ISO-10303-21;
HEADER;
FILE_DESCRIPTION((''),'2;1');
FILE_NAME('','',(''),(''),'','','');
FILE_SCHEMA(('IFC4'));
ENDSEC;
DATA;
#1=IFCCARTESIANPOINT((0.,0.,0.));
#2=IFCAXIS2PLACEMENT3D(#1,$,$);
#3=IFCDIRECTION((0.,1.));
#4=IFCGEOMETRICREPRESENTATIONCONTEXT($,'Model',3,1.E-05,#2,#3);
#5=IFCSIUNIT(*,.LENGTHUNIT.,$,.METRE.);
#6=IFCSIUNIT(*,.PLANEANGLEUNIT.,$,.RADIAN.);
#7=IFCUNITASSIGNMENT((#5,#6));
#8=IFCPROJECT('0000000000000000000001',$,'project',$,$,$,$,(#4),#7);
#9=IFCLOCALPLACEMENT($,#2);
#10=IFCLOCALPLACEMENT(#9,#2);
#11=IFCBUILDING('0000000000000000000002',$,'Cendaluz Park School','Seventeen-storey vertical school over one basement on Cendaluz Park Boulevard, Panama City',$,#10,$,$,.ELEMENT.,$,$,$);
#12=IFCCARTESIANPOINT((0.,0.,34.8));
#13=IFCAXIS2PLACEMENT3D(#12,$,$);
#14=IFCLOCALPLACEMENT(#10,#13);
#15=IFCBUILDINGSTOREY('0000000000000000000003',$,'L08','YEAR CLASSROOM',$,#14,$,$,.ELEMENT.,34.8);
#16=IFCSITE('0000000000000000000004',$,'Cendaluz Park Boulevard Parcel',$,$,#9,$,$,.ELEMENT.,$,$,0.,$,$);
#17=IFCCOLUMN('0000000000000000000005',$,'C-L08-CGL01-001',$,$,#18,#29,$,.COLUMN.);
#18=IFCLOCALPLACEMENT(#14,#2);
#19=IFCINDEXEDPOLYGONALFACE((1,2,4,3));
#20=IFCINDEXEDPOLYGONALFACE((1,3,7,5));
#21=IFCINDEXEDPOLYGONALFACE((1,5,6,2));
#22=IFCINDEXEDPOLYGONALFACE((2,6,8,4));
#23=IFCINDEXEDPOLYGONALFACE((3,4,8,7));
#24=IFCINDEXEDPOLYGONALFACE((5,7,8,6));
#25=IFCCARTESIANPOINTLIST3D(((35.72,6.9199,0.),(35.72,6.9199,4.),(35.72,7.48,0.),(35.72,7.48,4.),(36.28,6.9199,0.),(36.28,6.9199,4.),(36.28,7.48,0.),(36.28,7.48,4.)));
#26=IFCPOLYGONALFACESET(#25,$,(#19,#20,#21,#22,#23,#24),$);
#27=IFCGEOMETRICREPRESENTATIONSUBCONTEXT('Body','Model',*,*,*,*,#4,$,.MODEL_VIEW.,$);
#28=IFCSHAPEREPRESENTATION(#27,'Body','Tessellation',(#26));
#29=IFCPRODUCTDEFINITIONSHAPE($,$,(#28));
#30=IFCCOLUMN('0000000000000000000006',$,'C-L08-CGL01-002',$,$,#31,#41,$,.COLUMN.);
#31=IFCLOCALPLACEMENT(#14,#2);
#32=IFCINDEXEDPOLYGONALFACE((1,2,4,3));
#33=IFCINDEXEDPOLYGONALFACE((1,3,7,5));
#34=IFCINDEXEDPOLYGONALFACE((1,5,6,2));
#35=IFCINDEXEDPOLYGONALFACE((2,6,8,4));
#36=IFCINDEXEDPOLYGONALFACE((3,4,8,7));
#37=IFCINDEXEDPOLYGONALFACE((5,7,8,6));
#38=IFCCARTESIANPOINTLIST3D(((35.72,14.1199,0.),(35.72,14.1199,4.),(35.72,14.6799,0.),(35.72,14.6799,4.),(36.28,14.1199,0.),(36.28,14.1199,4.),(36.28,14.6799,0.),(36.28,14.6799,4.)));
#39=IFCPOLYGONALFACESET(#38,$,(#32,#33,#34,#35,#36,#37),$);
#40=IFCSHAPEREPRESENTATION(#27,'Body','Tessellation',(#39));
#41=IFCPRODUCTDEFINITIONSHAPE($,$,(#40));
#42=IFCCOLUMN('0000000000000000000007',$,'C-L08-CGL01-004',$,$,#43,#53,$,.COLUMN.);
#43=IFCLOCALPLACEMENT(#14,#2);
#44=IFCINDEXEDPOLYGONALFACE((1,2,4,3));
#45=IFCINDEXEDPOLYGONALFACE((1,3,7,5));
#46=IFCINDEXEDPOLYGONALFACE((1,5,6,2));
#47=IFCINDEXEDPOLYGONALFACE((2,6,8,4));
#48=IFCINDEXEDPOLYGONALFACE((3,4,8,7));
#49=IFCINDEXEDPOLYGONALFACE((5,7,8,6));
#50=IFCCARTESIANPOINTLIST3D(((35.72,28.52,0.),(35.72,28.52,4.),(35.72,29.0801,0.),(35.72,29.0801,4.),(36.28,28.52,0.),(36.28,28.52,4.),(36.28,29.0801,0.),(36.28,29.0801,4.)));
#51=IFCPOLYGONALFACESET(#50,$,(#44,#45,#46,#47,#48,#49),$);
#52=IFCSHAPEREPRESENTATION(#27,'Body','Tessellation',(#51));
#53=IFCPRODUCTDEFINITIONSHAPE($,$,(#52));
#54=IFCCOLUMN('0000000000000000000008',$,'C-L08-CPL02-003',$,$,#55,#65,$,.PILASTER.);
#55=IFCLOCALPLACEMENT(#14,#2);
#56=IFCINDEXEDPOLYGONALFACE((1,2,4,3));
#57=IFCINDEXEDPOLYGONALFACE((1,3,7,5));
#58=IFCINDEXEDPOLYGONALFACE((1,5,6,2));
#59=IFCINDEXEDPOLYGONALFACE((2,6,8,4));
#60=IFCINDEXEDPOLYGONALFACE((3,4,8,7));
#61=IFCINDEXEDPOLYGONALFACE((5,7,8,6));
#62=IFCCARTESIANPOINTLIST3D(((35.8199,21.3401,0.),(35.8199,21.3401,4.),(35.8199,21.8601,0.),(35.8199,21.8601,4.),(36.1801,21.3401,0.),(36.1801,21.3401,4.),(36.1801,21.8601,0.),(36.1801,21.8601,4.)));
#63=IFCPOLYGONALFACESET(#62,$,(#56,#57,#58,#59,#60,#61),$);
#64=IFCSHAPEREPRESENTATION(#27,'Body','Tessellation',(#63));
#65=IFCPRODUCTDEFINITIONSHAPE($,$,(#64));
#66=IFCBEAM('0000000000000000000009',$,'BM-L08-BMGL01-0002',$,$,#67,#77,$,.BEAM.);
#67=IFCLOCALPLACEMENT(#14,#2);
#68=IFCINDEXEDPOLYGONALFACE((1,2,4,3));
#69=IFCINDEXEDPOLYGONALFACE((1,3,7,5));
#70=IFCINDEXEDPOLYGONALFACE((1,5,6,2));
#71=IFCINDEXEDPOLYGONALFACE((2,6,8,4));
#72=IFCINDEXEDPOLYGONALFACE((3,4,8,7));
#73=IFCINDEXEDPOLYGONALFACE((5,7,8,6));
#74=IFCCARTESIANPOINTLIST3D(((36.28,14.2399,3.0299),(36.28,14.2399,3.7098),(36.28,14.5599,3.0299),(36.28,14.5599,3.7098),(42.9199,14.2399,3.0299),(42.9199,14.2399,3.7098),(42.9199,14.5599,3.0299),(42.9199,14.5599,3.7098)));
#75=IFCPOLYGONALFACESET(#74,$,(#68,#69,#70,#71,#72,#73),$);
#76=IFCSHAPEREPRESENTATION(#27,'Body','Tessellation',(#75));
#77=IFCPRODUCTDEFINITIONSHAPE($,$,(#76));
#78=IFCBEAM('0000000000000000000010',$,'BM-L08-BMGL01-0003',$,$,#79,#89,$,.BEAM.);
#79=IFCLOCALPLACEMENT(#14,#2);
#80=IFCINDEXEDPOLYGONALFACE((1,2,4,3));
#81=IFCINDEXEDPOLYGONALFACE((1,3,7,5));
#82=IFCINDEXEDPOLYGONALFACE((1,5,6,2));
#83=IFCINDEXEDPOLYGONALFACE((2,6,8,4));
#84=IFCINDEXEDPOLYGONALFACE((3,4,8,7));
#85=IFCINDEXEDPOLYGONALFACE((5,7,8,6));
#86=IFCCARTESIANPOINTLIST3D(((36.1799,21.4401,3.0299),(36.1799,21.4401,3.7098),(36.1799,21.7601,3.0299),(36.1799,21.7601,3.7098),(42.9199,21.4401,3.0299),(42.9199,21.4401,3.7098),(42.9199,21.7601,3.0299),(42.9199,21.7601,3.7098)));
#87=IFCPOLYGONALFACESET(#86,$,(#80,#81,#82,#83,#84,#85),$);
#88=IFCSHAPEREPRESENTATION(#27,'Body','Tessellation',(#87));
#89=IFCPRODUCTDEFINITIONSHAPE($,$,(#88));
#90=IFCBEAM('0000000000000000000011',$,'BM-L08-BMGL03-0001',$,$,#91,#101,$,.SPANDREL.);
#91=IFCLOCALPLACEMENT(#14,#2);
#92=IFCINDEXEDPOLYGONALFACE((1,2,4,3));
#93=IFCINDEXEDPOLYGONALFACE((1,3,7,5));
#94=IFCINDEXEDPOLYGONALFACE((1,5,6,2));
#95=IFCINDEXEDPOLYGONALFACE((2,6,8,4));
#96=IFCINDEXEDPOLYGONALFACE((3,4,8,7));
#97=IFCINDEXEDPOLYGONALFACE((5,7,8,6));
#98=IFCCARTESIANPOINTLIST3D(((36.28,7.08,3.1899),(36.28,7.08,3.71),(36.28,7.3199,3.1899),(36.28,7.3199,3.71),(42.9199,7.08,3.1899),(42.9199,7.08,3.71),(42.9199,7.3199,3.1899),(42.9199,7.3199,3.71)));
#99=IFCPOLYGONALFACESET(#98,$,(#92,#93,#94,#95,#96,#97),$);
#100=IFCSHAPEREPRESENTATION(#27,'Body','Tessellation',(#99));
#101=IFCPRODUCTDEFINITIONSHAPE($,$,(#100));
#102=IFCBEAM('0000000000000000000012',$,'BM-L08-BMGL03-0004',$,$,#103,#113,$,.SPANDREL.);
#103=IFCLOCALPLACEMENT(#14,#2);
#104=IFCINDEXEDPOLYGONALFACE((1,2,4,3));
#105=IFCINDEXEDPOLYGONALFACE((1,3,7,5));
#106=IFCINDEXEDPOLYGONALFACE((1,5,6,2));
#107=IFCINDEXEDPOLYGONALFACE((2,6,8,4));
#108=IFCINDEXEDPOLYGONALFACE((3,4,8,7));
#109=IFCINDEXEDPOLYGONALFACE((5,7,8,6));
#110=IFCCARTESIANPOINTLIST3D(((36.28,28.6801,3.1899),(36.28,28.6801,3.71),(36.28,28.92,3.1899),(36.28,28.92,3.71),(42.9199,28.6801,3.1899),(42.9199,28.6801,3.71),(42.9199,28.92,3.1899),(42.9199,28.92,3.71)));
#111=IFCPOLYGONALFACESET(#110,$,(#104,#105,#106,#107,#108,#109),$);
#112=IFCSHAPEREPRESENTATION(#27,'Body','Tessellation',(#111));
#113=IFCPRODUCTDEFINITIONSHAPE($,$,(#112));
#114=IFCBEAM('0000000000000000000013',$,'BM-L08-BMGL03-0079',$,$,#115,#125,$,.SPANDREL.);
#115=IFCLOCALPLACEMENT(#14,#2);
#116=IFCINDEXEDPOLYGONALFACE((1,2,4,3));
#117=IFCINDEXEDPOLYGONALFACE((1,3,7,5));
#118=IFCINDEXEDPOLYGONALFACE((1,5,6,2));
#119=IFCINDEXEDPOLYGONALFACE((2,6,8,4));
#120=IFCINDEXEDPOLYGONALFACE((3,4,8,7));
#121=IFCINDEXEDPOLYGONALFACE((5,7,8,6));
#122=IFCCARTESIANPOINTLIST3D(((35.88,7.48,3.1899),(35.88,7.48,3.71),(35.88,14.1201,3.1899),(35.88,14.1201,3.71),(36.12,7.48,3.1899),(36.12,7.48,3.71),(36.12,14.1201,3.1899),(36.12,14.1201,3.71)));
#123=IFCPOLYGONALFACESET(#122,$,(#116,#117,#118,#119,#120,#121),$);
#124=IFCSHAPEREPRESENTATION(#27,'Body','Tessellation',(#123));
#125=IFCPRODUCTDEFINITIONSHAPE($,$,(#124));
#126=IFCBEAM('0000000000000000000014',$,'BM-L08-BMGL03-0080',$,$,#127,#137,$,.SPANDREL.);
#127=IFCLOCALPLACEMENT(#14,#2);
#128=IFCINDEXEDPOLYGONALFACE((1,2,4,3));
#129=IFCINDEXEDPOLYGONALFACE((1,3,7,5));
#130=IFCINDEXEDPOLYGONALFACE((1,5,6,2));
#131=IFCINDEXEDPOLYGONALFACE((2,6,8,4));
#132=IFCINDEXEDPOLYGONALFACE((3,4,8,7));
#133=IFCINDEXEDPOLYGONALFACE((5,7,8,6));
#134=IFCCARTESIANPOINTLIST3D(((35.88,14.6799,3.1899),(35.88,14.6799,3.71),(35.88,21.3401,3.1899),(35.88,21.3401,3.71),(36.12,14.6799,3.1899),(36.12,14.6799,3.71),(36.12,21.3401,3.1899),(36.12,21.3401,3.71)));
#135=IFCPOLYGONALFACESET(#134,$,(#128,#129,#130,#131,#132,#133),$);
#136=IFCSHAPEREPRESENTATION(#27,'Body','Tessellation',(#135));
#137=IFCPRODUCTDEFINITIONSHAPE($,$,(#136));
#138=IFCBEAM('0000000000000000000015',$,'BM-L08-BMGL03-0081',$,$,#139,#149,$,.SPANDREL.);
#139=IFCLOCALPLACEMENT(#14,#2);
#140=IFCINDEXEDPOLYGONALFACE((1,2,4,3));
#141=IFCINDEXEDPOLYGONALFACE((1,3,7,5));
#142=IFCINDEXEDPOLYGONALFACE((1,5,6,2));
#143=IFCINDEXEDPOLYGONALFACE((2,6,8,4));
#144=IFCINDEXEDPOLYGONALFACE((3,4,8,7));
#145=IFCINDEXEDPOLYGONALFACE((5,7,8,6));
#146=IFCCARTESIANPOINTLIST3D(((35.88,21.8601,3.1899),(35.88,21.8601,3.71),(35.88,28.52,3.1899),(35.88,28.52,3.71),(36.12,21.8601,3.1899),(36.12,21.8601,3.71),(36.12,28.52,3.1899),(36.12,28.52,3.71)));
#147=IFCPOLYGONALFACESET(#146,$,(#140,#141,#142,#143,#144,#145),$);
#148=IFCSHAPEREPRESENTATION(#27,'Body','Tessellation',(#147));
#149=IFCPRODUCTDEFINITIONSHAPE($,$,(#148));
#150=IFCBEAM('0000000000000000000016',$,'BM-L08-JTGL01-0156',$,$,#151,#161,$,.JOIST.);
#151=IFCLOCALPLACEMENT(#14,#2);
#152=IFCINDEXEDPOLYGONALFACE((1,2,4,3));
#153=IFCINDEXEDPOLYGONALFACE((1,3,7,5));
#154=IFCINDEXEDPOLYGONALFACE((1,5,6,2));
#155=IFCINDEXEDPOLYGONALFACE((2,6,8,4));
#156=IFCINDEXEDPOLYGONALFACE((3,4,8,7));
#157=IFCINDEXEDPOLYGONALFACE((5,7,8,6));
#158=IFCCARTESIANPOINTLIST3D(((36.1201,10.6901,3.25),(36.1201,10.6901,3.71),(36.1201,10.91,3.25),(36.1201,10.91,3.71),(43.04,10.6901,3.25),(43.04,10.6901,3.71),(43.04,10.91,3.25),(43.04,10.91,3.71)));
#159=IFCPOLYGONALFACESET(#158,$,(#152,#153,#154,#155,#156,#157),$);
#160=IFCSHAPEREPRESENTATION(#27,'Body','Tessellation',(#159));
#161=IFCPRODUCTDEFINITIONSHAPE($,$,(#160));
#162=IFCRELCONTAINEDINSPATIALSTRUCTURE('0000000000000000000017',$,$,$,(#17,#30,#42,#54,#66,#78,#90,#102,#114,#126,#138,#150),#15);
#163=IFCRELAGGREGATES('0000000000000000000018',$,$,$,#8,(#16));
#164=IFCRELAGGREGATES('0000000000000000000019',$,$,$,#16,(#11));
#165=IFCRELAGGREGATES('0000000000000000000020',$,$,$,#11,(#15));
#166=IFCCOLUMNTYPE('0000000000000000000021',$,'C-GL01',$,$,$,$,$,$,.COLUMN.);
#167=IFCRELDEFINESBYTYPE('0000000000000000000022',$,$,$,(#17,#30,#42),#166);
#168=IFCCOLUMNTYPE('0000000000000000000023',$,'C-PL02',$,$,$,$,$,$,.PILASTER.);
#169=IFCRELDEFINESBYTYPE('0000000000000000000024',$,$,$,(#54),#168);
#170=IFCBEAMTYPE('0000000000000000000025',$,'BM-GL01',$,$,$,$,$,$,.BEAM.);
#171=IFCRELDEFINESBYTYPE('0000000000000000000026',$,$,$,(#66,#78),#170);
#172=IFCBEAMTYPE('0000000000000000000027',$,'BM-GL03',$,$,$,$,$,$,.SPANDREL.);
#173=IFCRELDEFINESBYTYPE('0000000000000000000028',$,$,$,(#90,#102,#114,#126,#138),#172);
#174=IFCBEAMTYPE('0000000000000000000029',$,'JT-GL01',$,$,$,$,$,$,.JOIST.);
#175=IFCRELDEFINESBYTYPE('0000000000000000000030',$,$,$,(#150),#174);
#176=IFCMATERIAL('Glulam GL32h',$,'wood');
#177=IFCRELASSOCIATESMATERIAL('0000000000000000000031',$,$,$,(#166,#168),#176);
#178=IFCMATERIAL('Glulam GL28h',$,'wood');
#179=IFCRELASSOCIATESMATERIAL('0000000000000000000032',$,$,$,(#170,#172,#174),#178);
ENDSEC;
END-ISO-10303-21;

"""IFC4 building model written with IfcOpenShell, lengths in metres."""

from ifc_helpers import new_model, si_unit, direction, frame, origin, origin_2d, place, context, subcontext, project, spatial, rectangle, extrude, material, material_profile, profile_set, type_object, element, save


model = new_model("IFC4")

# Units and contexts
model_context = context("Model", 3, precision=1e-05, world=origin(), true_north=direction((0.0, 1.0)))
body_context = subcontext(model_context, "Body", "Model", "MODEL_VIEW")
ifc_project = project(units=[si_unit("LENGTHUNIT", "METRE"), si_unit("PLANEANGLEUNIT", "RADIAN")], contexts=[model_context])

# Site, building, storey
site_placement = place(None, origin())
site = spatial("IfcSite", under=ifc_project, at=site_placement, Name="Cendaluz Park Boulevard Parcel", CompositionType="ELEMENT", RefElevation=0.0)
building_placement = place(site_placement, origin())
building = spatial("IfcBuilding", under=site, at=building_placement, Name="Cendaluz Park School", Description="Seventeen-storey vertical school over one basement on Cendaluz Park Boulevard, Panama City", CompositionType="ELEMENT")
storey_placement = place(building_placement, frame((0.0, 0.0, 34.8)))
storey = spatial("IfcBuildingStorey", under=building, at=storey_placement, Name="L08", Description="YEAR CLASSROOM", CompositionType="ELEMENT", Elevation=34.8)

# Columns
ifc_material_1 = material(Name="Glulam GL32h", Category="wood")
ifc_material_profile_1 = material_profile(ifc_material_1, rectangle(XDim=0.5601, YDim=0.5601, at=origin_2d()), Name="GL32h 560x560", Category="wood")
ifc_profile_set_1 = profile_set([ifc_material_profile_1], Name="Glulam GL32h")
column_type_1 = type_object("IfcColumnType", Name="C-GL01", PredefinedType="COLUMN", material=ifc_profile_set_1)
for number, where, z_axis, x_axis, name in (
    (1, (36.0, 7.2, 0.0), (0.0, 0.0, 1.0), (1.0, 0.0, 0.0), "C-L08-CGL01-001"),
    (2, (36.0, 14.3999, 0.0), (0.0, 0.0, 1.0), (1.0, 0.0, 0.0), "C-L08-CGL01-002"),
    (3, (36.0, 28.8, 0.0), (0.0, 0.0, 1.0), (1.0, 0.0, 0.0), "C-L08-CGL01-004"),
):
    element("IfcColumn", number, at=place(storey_placement, frame(where, z_axis=z_axis, x_axis=x_axis)), inside=storey, type_object=column_type_1, Name=name, PredefinedType="COLUMN", context=body_context, shape_type="SweptSolid", body=[
        extrude(rectangle(XDim=0.5601, YDim=0.5601, at=origin_2d()), origin(), (0.0, 0.0, 1.0), 4.0),
    ])
ifc_material_profile_2 = material_profile(ifc_material_1, rectangle(XDim=0.3601, YDim=0.52, at=origin_2d()), Name="GL32h 360x520", Category="wood")
ifc_profile_set_2 = profile_set([ifc_material_profile_2], Name="Glulam GL32h")
column_type_2 = type_object("IfcColumnType", Name="C-PL02", PredefinedType="PILASTER", material=ifc_profile_set_2)
column_placement = place(storey_placement, frame((36.0, 21.6001, 0.0), z_axis=(0.0, 0.0, 1.0), x_axis=(1.0, 0.0, 0.0)))
element("IfcColumn", 4, at=column_placement, inside=storey, type_object=column_type_2, Name="C-L08-CPL02-003", PredefinedType="PILASTER", context=body_context, shape_type="SweptSolid", body=[
    extrude(rectangle(XDim=0.3601, YDim=0.52, at=origin_2d()), origin(), (0.0, 0.0, 1.0), 4.0),
])

# Beams
ifc_material_2 = material(Name="Glulam GL28h", Category="wood")
ifc_material_profile_3 = material_profile(ifc_material_2, rectangle(XDim=0.3201, YDim=0.6799, at=origin_2d()), Name="GL28h 320x680", Category="wood")
ifc_profile_set_3 = profile_set([ifc_material_profile_3], Name="Glulam GL28h")
beam_type_1 = type_object("IfcBeamType", Name="BM-GL01", PredefinedType="BEAM", material=ifc_profile_set_3)
beam_1_placement = place(storey_placement, frame((36.28, 14.3999, 3.3699), z_axis=(1.0, 0.0, 0.0), x_axis=(0.0, 1.0, 0.0)))
element("IfcBeam", 5, at=beam_1_placement, inside=storey, type_object=beam_type_1, Name="BM-L08-BMGL01-0002", PredefinedType="BEAM", context=body_context, shape_type="SweptSolid", body=[
    extrude(rectangle(XDim=0.3201, YDim=0.6799, at=origin_2d()), origin(), (0.0, 0.0, 1.0), 6.6399),
])
beam_2_placement = place(storey_placement, frame((36.1799, 21.6001, 3.3699), z_axis=(1.0, 0.0, 0.0), x_axis=(0.0, 1.0, 0.0)))
element("IfcBeam", 6, at=beam_2_placement, inside=storey, type_object=beam_type_1, Name="BM-L08-BMGL01-0003", PredefinedType="BEAM", context=body_context, shape_type="SweptSolid", body=[
    extrude(rectangle(XDim=0.3201, YDim=0.6799, at=origin_2d()), origin(), (0.0, 0.0, 1.0), 6.74),
])
ifc_material_profile_4 = material_profile(ifc_material_2, rectangle(XDim=0.24, YDim=0.52, at=origin_2d()), Name="GL28h 240x520", Category="wood")
ifc_profile_set_4 = profile_set([ifc_material_profile_4], Name="Glulam GL28h")
beam_type_2 = type_object("IfcBeamType", Name="BM-GL03", PredefinedType="SPANDREL", material=ifc_profile_set_4)
for number, where, z_axis, x_axis, name in (
    (7, (36.28, 7.2, 3.45), (1.0, 0.0, 0.0), (0.0, 1.0, 0.0), "BM-L08-BMGL03-0001"),
    (8, (36.28, 28.8, 3.45), (1.0, 0.0, 0.0), (0.0, 1.0, 0.0), "BM-L08-BMGL03-0004"),
):
    element("IfcBeam", number, at=place(storey_placement, frame(where, z_axis=z_axis, x_axis=x_axis)), inside=storey, type_object=beam_type_2, Name=name, PredefinedType="SPANDREL", context=body_context, shape_type="SweptSolid", body=[
        extrude(rectangle(XDim=0.24, YDim=0.52, at=origin_2d()), origin(), (0.0, 0.0, 1.0), 6.6399),
    ])
beam_3_placement = place(storey_placement, frame((36.0, 7.48, 3.45), z_axis=(0.0, 1.0, 0.0), x_axis=(-1.0, 0.0, 0.0)))
element("IfcBeam", 9, at=beam_3_placement, inside=storey, type_object=beam_type_2, Name="BM-L08-BMGL03-0079", PredefinedType="SPANDREL", context=body_context, shape_type="SweptSolid", body=[
    extrude(rectangle(XDim=0.24, YDim=0.52, at=origin_2d()), origin(), (0.0, 0.0, 1.0), 6.6401),
])
beam_4_placement = place(storey_placement, frame((36.0, 14.6799, 3.45), z_axis=(0.0, 1.0, 0.0), x_axis=(-1.0, 0.0, 0.0)))
element("IfcBeam", 10, at=beam_4_placement, inside=storey, type_object=beam_type_2, Name="BM-L08-BMGL03-0080", PredefinedType="SPANDREL", context=body_context, shape_type="SweptSolid", body=[
    extrude(rectangle(XDim=0.24, YDim=0.52, at=origin_2d()), origin(), (0.0, 0.0, 1.0), 6.6602),
])
beam_5_placement = place(storey_placement, frame((36.0, 21.8601, 3.45), z_axis=(0.0, 1.0, 0.0), x_axis=(-1.0, 0.0, 0.0)))
element("IfcBeam", 11, at=beam_5_placement, inside=storey, type_object=beam_type_2, Name="BM-L08-BMGL03-0081", PredefinedType="SPANDREL", context=body_context, shape_type="SweptSolid", body=[
    extrude(rectangle(XDim=0.24, YDim=0.52, at=origin_2d()), origin(), (0.0, 0.0, 1.0), 6.6599),
])
ifc_material_profile_5 = material_profile(ifc_material_2, rectangle(XDim=0.22, YDim=0.46, at=origin_2d()), Name="GL28h 220x460", Category="wood")
ifc_profile_set_5 = profile_set([ifc_material_profile_5], Name="Glulam GL28h")
beam_type_3 = type_object("IfcBeamType", Name="JT-GL01", PredefinedType="JOIST", material=ifc_profile_set_5)
beam_6_placement = place(storey_placement, frame((36.1201, 10.8, 3.48), z_axis=(1.0, 0.0, 0.0), x_axis=(0.0, 1.0, 0.0)))
element("IfcBeam", 12, at=beam_6_placement, inside=storey, type_object=beam_type_3, Name="BM-L08-JTGL01-0156", PredefinedType="JOIST", context=body_context, shape_type="SweptSolid", body=[
    extrude(rectangle(XDim=0.22, YDim=0.46, at=origin_2d()), origin(), (0.0, 0.0, 1.0), 6.9199),
])

save(model, "model.ifc")
